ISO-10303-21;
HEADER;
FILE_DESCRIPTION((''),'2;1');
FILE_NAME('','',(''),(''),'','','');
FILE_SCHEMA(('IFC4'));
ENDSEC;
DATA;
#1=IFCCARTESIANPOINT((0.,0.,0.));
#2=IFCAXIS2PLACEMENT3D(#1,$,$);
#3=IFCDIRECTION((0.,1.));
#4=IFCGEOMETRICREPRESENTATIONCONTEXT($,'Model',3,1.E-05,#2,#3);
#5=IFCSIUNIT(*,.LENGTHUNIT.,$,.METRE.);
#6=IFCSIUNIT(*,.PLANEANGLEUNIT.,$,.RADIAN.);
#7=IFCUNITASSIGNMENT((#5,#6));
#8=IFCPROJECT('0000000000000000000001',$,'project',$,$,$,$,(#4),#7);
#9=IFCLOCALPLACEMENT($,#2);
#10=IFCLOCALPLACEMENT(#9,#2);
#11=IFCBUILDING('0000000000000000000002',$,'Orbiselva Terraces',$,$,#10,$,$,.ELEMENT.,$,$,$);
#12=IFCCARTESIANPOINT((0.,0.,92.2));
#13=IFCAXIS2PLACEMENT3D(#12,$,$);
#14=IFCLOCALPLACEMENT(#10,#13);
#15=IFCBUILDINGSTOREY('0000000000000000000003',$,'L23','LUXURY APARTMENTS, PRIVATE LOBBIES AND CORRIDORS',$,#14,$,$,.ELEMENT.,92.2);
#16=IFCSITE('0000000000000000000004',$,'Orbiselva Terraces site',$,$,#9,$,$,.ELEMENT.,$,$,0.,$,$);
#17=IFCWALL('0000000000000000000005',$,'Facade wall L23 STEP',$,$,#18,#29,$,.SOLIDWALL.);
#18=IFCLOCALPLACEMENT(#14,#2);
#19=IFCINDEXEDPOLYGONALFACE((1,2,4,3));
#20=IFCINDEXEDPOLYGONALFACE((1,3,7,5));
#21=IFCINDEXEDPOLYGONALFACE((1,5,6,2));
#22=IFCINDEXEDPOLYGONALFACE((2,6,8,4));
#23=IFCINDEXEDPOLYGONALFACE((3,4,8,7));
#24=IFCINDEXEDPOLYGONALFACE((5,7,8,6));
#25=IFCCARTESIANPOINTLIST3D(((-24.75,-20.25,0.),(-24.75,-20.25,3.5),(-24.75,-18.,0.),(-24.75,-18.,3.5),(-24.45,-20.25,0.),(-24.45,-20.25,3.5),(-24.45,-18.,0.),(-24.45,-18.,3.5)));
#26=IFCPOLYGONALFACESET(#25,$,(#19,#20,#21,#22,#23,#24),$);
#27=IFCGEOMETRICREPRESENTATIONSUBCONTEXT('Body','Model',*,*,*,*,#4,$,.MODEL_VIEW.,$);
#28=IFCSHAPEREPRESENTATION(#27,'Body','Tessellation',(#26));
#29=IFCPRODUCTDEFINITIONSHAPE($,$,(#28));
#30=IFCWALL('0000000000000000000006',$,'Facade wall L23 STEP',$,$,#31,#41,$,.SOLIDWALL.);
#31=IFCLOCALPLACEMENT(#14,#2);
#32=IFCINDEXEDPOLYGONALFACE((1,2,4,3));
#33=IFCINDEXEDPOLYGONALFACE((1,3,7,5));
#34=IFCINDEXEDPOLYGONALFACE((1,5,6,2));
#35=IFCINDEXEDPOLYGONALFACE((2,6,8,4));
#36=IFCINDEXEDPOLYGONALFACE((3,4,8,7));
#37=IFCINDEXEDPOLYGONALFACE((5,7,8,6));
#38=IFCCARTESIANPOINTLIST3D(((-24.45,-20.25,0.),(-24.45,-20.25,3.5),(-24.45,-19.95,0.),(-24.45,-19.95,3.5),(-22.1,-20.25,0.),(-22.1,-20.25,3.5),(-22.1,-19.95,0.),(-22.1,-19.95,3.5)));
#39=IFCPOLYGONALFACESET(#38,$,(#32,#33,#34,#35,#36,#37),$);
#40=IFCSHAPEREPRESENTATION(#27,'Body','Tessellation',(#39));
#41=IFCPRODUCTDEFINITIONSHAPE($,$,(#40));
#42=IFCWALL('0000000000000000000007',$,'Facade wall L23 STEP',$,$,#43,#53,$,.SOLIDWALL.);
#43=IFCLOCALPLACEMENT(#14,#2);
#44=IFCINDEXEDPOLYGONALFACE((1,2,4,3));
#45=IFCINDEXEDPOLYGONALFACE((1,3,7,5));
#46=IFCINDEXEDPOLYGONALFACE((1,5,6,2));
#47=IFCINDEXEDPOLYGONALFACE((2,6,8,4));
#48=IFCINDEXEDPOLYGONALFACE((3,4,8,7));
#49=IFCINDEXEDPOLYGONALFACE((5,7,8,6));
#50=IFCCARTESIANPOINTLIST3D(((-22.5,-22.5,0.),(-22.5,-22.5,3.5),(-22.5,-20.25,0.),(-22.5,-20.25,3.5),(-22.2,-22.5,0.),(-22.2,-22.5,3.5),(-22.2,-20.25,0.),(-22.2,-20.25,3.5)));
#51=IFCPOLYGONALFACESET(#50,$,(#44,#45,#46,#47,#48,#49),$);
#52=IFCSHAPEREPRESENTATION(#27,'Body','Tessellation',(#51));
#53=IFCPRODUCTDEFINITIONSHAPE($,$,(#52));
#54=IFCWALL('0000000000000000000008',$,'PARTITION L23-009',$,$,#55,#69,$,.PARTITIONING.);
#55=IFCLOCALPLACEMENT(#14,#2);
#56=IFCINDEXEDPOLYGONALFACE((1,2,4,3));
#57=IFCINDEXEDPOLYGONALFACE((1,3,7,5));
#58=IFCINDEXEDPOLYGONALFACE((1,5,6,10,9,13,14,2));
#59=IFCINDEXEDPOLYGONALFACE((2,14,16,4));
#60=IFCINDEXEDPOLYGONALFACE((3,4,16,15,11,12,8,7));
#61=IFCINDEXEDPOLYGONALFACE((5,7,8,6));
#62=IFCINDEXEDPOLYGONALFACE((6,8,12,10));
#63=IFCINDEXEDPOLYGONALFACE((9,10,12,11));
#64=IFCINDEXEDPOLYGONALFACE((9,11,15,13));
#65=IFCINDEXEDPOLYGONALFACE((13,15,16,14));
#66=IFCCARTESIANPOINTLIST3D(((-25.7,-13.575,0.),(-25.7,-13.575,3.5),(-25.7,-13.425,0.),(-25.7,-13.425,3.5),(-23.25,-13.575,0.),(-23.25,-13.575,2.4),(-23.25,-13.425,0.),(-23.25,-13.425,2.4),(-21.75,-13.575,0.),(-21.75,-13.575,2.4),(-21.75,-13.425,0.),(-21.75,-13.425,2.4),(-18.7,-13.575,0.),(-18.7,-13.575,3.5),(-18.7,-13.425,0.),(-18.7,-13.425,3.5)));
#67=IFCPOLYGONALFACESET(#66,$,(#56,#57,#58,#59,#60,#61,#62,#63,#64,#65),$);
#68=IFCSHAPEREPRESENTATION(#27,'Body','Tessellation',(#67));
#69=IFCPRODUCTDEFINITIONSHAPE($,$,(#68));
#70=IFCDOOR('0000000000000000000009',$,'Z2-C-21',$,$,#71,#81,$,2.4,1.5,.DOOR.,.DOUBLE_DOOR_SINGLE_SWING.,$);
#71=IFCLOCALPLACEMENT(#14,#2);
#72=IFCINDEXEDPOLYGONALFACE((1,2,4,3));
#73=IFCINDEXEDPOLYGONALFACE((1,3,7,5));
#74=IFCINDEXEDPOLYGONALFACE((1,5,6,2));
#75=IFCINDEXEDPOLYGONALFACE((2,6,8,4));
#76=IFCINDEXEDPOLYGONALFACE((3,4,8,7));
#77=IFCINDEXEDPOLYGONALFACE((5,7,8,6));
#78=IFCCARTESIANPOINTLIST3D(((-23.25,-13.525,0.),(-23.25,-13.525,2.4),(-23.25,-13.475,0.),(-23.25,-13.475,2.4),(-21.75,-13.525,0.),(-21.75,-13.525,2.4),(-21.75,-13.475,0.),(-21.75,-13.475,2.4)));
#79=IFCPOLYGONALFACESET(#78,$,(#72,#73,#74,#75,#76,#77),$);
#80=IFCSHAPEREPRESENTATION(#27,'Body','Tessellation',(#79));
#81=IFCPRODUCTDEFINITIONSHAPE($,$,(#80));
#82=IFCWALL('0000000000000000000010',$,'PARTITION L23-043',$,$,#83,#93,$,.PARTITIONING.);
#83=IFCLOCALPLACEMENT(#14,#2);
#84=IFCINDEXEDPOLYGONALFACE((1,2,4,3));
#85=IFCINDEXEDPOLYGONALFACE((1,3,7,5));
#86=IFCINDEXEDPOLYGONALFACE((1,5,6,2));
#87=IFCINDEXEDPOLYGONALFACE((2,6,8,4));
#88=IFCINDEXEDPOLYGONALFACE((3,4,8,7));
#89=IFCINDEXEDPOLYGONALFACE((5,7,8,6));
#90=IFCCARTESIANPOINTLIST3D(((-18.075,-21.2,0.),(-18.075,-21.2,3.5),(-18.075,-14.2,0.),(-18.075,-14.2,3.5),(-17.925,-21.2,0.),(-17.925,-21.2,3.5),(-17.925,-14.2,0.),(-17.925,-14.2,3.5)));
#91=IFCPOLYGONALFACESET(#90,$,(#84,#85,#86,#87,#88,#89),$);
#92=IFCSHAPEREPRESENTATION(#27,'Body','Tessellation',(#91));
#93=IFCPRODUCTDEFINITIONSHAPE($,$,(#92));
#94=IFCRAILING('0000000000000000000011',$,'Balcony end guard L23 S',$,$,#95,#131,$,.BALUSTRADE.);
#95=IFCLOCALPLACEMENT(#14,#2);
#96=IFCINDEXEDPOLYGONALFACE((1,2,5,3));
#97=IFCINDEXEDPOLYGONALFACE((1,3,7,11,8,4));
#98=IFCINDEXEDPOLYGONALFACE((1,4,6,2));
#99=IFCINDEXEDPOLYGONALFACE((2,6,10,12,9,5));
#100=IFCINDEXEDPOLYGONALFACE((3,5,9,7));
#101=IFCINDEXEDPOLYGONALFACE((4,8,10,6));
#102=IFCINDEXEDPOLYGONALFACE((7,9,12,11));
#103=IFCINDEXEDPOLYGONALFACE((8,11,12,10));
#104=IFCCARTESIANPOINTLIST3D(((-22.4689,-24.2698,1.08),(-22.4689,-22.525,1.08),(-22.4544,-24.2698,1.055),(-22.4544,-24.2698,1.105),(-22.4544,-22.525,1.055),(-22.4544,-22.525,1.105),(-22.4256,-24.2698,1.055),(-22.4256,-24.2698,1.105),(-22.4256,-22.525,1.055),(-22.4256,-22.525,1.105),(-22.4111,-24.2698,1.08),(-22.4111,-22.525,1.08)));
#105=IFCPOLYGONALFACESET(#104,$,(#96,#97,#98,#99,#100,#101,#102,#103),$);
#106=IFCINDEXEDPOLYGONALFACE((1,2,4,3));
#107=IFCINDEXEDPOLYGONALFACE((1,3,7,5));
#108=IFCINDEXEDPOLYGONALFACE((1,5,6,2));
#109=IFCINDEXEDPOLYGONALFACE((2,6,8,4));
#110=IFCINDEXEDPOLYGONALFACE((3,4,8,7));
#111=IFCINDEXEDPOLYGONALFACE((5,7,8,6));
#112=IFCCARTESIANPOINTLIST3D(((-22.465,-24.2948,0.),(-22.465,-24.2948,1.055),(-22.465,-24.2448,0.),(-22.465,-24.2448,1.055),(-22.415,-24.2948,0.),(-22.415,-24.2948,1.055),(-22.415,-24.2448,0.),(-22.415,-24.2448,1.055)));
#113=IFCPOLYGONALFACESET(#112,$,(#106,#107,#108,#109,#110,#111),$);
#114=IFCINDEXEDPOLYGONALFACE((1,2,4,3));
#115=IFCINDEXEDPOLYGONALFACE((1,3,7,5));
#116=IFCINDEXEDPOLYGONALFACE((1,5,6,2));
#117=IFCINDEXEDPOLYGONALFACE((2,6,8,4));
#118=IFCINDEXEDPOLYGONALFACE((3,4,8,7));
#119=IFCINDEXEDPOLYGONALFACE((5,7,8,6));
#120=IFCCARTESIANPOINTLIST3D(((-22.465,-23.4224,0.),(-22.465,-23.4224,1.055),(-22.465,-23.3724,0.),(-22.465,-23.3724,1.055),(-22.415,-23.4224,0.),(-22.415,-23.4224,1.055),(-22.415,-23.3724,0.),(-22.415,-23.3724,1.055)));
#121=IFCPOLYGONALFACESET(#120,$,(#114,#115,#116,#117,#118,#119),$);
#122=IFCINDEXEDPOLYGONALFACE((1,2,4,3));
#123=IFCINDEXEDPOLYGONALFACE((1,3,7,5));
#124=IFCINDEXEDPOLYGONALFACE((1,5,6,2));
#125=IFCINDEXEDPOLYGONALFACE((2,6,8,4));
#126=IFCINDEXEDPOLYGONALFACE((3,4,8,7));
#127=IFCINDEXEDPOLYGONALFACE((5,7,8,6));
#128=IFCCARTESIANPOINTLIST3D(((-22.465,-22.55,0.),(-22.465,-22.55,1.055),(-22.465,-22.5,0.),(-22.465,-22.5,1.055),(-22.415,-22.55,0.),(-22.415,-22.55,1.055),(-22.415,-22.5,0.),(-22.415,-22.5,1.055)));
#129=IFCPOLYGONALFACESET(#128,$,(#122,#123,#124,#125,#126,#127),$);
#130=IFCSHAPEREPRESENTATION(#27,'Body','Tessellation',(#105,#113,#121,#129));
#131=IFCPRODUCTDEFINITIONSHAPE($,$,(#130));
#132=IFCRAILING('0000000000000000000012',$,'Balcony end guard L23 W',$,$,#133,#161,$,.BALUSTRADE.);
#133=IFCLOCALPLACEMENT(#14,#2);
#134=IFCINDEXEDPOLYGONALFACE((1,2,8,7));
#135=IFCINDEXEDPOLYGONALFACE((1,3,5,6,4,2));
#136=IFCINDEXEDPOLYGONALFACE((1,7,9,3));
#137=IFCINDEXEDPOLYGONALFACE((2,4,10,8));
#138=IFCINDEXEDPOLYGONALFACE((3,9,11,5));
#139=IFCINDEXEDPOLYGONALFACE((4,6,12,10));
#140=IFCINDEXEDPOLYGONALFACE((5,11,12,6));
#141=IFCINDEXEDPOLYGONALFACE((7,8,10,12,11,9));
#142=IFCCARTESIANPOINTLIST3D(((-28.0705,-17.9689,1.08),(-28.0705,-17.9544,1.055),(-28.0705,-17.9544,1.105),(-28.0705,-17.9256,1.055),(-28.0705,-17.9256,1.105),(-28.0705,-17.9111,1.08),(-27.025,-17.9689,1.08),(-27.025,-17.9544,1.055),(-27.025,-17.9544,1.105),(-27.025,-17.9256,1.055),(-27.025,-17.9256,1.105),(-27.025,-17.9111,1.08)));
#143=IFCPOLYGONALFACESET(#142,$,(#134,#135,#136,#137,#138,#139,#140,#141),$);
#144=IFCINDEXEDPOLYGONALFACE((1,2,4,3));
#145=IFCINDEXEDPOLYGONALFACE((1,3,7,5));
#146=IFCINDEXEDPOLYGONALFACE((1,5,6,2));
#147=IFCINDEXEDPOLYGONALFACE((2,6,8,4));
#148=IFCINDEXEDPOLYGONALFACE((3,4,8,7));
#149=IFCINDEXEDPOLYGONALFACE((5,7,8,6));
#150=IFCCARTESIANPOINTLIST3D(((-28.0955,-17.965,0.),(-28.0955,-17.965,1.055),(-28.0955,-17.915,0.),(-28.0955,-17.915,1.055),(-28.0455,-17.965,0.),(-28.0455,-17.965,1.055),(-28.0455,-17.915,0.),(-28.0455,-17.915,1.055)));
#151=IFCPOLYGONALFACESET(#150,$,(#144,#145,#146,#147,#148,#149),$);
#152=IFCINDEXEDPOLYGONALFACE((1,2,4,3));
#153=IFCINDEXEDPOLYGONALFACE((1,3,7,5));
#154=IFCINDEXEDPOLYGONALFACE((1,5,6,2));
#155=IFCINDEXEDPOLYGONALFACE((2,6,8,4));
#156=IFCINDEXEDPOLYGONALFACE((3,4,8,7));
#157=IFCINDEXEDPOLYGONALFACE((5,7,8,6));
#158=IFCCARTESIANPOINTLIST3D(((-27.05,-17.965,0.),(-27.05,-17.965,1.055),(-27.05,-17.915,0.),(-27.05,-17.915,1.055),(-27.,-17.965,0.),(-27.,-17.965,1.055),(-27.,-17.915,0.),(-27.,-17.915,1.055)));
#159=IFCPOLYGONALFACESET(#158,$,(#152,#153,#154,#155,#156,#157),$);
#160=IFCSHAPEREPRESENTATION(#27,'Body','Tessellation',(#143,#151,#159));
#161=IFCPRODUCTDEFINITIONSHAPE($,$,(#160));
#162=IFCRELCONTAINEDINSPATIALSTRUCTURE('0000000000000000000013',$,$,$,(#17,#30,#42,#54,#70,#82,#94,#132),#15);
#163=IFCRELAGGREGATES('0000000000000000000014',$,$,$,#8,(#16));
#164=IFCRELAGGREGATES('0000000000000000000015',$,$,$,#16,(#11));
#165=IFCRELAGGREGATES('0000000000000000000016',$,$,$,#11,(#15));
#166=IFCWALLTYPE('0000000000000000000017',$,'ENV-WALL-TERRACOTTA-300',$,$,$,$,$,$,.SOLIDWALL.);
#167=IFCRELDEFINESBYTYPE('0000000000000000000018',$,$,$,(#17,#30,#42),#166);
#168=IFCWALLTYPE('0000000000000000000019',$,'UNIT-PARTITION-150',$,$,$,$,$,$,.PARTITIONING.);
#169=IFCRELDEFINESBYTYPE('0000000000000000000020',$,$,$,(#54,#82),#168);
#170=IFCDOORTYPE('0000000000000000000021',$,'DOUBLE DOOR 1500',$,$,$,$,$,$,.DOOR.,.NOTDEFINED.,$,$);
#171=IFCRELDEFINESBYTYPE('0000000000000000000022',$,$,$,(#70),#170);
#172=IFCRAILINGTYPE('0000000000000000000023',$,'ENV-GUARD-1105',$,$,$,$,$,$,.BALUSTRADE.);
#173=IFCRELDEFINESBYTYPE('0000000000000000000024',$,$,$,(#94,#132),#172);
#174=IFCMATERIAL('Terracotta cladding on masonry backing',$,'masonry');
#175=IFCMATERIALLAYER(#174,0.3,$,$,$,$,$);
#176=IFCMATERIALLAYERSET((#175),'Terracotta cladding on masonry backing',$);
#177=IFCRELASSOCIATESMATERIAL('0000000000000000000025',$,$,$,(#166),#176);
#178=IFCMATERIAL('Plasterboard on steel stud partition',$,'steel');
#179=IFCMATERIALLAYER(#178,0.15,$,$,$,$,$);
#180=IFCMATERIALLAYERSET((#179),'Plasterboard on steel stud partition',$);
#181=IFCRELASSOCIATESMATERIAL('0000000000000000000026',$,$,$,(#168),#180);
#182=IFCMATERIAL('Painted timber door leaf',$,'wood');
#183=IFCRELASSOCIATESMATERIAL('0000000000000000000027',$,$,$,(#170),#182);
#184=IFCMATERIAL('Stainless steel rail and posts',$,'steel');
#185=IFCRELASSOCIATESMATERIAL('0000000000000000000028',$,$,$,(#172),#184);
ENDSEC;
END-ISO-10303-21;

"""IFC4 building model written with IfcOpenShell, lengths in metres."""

from ifc_helpers import new_model, si_unit, direction, frame, frame_2d, origin, origin_2d, place, context, subcontext, project, spatial, polyline, rectangle, outline, extrude, material, layer, layer_set, type_object, element, fill, save


model = new_model("IFC4")

# Units and contexts
model_context = context("Model", 3, precision=1e-05, world=origin(), true_north=direction((0.0, 1.0)))
body_context = subcontext(model_context, "Body", "Model", "MODEL_VIEW")
ifc_project = project(units=[si_unit("LENGTHUNIT", "METRE"), si_unit("PLANEANGLEUNIT", "RADIAN")], contexts=[model_context])

# Site, building, storey
site_placement = place(None, origin())
site = spatial("IfcSite", under=ifc_project, at=site_placement, Name="Orbiselva Terraces site", CompositionType="ELEMENT", RefElevation=0.0)
building_placement = place(site_placement, origin())
building = spatial("IfcBuilding", under=site, at=building_placement, Name="Orbiselva Terraces", CompositionType="ELEMENT")
storey_placement = place(building_placement, frame((0.0, 0.0, 92.2)))
storey = spatial("IfcBuildingStorey", under=building, at=storey_placement, Name="L23", Description="LUXURY APARTMENTS, PRIVATE LOBBIES AND CORRIDORS", CompositionType="ELEMENT", Elevation=92.2)

# Shared definitions
ifc_material_1 = material(Name="Terracotta cladding on masonry backing", Category="masonry")
ifc_layer_1 = layer(ifc_material_1, 0.3)
ifc_layer_set_1 = layer_set([ifc_layer_1], Name="Terracotta cladding on masonry backing")
wall_type_1 = type_object("IfcWallType", Name="ENV-WALL-TERRACOTTA-300", PredefinedType="SOLIDWALL", material=ifc_layer_set_1)

# Walls
wall_1_placement = place(storey_placement, frame((-24.6, -20.25, 0.0), z_axis=(0.0, 0.0, 1.0), x_axis=(0.0, 1.0, 0.0)))
element("IfcWall", 1, at=wall_1_placement, inside=storey, type_object=wall_type_1, Name="Facade wall L23 STEP", PredefinedType="SOLIDWALL", context=body_context, shape_type="SweptSolid", body=[
    extrude(rectangle(XDim=2.25, YDim=0.3, at=frame_2d((1.125, 0.0))), origin(), (0.0, 0.0, 1.0), 3.5),
])
wall_2_placement = place(storey_placement, frame((-22.1, -20.1, 0.0), z_axis=(0.0, 0.0, 1.0), x_axis=(-1.0, 0.0, 0.0)))
element("IfcWall", 2, at=wall_2_placement, inside=storey, type_object=wall_type_1, Name="Facade wall L23 STEP", PredefinedType="SOLIDWALL", context=body_context, shape_type="SweptSolid", body=[
    extrude(rectangle(XDim=2.35, YDim=0.3, at=frame_2d((1.175, 0.0))), origin(), (0.0, 0.0, 1.0), 3.5),
])
wall_3_placement = place(storey_placement, frame((-22.35, -22.5, 0.0), z_axis=(0.0, 0.0, 1.0), x_axis=(0.0, 1.0, 0.0)))
element("IfcWall", 3, at=wall_3_placement, inside=storey, type_object=wall_type_1, Name="Facade wall L23 STEP", PredefinedType="SOLIDWALL", context=body_context, shape_type="SweptSolid", body=[
    extrude(rectangle(XDim=2.25, YDim=0.3, at=frame_2d((1.125, 0.0))), origin(), (0.0, 0.0, 1.0), 3.5),
])

# Wall, opening, door
ifc_material_2 = material(Name="Plasterboard on steel stud partition", Category="steel")
ifc_layer_2 = layer(ifc_material_2, 0.15)
ifc_layer_set_2 = layer_set([ifc_layer_2], Name="Plasterboard on steel stud partition")
wall_type_2 = type_object("IfcWallType", Name="UNIT-PARTITION-150", PredefinedType="PARTITIONING", material=ifc_layer_set_2)
wall_4_placement = place(storey_placement, frame((-18.7, -13.5, 0.0), z_axis=(0.0, 0.0, 1.0), x_axis=(-1.0, 0.0, 0.0)))
wall_4 = element("IfcWall", 4, at=wall_4_placement, inside=storey, type_object=wall_type_2, Name="PARTITION L23-009", PredefinedType="PARTITIONING", context=body_context, shape_type="SweptSolid", body=[
    extrude(rectangle(XDim=7.0, YDim=0.15, at=frame_2d((3.5, 0.0))), origin(), (0.0, 0.0, 1.0), 3.5),
])
opening_1_placement = place(wall_4_placement, frame((3.05, 0.0, 0.0)))
opening_1 = element("IfcOpeningElement", 5, at=opening_1_placement, cuts=wall_4, PredefinedType="OPENING", context=body_context, shape_type="SweptSolid", body=[
    extrude(rectangle(XDim=1.5, YDim=2.4, at=frame_2d((0.75, 1.2))), frame((0.0, 0.085, 0.0), z_axis=(0.0, -1.0, 0.0), x_axis=(1.0, 0.0, 0.0)), (0.0, 0.0, 1.0), 0.17),
])
ifc_material_3 = material(Name="Painted timber door leaf", Category="wood")
door_type_1 = type_object("IfcDoorType", Name="DOUBLE DOOR 1500", OperationType="NOTDEFINED", PredefinedType="DOOR", material=ifc_material_3)
door_1_placement = place(opening_1_placement, origin())
door_1 = element("IfcDoor", 6, at=door_1_placement, inside=storey, type_object=door_type_1, Name="Z2-C-21", OperationType="DOUBLE_DOOR_SINGLE_SWING", OverallHeight=2.4, OverallWidth=1.5, PredefinedType="DOOR", context=body_context, shape_type="SweptSolid", body=[
    extrude(rectangle(XDim=1.5, YDim=2.4, at=frame_2d((0.75, 1.2))), frame((0.0, 0.025, 0.0), z_axis=(0.0, -1.0, 0.0), x_axis=(1.0, 0.0, 0.0)), (0.0, 0.0, 1.0), 0.05),
])
fill(opening_1, door_1)

# Wall
wall_5_placement = place(storey_placement, frame((-18.0, -21.2, 0.0), z_axis=(0.0, 0.0, 1.0), x_axis=(0.0, 1.0, 0.0)))
element("IfcWall", 7, at=wall_5_placement, inside=storey, type_object=wall_type_2, Name="PARTITION L23-043", PredefinedType="PARTITIONING", context=body_context, shape_type="SweptSolid", body=[
    extrude(rectangle(XDim=7.0, YDim=0.15, at=frame_2d((3.5, 0.0))), origin(), (0.0, 0.0, 1.0), 3.5),
])

# Railings
ifc_material_4 = material(Name="Stainless steel rail and posts", Category="steel")
railing_type_1 = type_object("IfcRailingType", Name="ENV-GUARD-1105", PredefinedType="BALUSTRADE", material=ifc_material_4)
railing_1_placement = place(storey_placement, frame((-22.44, -24.2698, 0.0)))
element("IfcRailing", 8, at=railing_1_placement, inside=storey, type_object=railing_type_1, Name="Balcony end guard L23 S", PredefinedType="BALUSTRADE", context=body_context, shape_type="SweptSolid", body=[
    extrude(outline(polyline([(0.0289, 0.0), (0.0144, 0.025), (-0.0144, 0.025), (-0.0289, 0.0), (-0.0144, -0.025), (0.0144, -0.025), (0.0289, 0.0)])), frame((0.0, 0.0, 1.08), z_axis=(0.0, 1.0, 0.0), x_axis=(-1.0, 0.0, 0.0)), (0.0, 0.0, 1.0), 1.7448),
    extrude(rectangle(XDim=0.05, YDim=0.05, at=origin_2d()), origin(), (0.0, 0.0, 1.0), 1.055),
    extrude(rectangle(XDim=0.05, YDim=0.05, at=origin_2d()), frame((0.0, 0.8724, 0.0)), (0.0, 0.0, 1.0), 1.055),
    extrude(rectangle(XDim=0.05, YDim=0.05, at=origin_2d()), frame((0.0, 1.7448, 0.0)), (0.0, 0.0, 1.0), 1.055),
])
railing_2_placement = place(storey_placement, frame((-28.0705, -17.94, 0.0)))
element("IfcRailing", 9, at=railing_2_placement, inside=storey, type_object=railing_type_1, Name="Balcony end guard L23 W", PredefinedType="BALUSTRADE", context=body_context, shape_type="SweptSolid", body=[
    extrude(outline(polyline([(0.0289, 0.0), (0.0144, 0.025), (-0.0144, 0.025), (-0.0289, 0.0), (-0.0144, -0.025), (0.0144, -0.025), (0.0289, 0.0)])), frame((0.0, 0.0, 1.08), z_axis=(1.0, 0.0, 0.0), x_axis=(0.0, 1.0, 0.0)), (0.0, 0.0, 1.0), 1.0455),
    extrude(rectangle(XDim=0.05, YDim=0.05, at=origin_2d()), origin(), (0.0, 0.0, 1.0), 1.055),
    extrude(rectangle(XDim=0.05, YDim=0.05, at=origin_2d()), frame((1.0455, 0.0, 0.0)), (0.0, 0.0, 1.0), 1.055),
])

save(model, "model.ifc")
